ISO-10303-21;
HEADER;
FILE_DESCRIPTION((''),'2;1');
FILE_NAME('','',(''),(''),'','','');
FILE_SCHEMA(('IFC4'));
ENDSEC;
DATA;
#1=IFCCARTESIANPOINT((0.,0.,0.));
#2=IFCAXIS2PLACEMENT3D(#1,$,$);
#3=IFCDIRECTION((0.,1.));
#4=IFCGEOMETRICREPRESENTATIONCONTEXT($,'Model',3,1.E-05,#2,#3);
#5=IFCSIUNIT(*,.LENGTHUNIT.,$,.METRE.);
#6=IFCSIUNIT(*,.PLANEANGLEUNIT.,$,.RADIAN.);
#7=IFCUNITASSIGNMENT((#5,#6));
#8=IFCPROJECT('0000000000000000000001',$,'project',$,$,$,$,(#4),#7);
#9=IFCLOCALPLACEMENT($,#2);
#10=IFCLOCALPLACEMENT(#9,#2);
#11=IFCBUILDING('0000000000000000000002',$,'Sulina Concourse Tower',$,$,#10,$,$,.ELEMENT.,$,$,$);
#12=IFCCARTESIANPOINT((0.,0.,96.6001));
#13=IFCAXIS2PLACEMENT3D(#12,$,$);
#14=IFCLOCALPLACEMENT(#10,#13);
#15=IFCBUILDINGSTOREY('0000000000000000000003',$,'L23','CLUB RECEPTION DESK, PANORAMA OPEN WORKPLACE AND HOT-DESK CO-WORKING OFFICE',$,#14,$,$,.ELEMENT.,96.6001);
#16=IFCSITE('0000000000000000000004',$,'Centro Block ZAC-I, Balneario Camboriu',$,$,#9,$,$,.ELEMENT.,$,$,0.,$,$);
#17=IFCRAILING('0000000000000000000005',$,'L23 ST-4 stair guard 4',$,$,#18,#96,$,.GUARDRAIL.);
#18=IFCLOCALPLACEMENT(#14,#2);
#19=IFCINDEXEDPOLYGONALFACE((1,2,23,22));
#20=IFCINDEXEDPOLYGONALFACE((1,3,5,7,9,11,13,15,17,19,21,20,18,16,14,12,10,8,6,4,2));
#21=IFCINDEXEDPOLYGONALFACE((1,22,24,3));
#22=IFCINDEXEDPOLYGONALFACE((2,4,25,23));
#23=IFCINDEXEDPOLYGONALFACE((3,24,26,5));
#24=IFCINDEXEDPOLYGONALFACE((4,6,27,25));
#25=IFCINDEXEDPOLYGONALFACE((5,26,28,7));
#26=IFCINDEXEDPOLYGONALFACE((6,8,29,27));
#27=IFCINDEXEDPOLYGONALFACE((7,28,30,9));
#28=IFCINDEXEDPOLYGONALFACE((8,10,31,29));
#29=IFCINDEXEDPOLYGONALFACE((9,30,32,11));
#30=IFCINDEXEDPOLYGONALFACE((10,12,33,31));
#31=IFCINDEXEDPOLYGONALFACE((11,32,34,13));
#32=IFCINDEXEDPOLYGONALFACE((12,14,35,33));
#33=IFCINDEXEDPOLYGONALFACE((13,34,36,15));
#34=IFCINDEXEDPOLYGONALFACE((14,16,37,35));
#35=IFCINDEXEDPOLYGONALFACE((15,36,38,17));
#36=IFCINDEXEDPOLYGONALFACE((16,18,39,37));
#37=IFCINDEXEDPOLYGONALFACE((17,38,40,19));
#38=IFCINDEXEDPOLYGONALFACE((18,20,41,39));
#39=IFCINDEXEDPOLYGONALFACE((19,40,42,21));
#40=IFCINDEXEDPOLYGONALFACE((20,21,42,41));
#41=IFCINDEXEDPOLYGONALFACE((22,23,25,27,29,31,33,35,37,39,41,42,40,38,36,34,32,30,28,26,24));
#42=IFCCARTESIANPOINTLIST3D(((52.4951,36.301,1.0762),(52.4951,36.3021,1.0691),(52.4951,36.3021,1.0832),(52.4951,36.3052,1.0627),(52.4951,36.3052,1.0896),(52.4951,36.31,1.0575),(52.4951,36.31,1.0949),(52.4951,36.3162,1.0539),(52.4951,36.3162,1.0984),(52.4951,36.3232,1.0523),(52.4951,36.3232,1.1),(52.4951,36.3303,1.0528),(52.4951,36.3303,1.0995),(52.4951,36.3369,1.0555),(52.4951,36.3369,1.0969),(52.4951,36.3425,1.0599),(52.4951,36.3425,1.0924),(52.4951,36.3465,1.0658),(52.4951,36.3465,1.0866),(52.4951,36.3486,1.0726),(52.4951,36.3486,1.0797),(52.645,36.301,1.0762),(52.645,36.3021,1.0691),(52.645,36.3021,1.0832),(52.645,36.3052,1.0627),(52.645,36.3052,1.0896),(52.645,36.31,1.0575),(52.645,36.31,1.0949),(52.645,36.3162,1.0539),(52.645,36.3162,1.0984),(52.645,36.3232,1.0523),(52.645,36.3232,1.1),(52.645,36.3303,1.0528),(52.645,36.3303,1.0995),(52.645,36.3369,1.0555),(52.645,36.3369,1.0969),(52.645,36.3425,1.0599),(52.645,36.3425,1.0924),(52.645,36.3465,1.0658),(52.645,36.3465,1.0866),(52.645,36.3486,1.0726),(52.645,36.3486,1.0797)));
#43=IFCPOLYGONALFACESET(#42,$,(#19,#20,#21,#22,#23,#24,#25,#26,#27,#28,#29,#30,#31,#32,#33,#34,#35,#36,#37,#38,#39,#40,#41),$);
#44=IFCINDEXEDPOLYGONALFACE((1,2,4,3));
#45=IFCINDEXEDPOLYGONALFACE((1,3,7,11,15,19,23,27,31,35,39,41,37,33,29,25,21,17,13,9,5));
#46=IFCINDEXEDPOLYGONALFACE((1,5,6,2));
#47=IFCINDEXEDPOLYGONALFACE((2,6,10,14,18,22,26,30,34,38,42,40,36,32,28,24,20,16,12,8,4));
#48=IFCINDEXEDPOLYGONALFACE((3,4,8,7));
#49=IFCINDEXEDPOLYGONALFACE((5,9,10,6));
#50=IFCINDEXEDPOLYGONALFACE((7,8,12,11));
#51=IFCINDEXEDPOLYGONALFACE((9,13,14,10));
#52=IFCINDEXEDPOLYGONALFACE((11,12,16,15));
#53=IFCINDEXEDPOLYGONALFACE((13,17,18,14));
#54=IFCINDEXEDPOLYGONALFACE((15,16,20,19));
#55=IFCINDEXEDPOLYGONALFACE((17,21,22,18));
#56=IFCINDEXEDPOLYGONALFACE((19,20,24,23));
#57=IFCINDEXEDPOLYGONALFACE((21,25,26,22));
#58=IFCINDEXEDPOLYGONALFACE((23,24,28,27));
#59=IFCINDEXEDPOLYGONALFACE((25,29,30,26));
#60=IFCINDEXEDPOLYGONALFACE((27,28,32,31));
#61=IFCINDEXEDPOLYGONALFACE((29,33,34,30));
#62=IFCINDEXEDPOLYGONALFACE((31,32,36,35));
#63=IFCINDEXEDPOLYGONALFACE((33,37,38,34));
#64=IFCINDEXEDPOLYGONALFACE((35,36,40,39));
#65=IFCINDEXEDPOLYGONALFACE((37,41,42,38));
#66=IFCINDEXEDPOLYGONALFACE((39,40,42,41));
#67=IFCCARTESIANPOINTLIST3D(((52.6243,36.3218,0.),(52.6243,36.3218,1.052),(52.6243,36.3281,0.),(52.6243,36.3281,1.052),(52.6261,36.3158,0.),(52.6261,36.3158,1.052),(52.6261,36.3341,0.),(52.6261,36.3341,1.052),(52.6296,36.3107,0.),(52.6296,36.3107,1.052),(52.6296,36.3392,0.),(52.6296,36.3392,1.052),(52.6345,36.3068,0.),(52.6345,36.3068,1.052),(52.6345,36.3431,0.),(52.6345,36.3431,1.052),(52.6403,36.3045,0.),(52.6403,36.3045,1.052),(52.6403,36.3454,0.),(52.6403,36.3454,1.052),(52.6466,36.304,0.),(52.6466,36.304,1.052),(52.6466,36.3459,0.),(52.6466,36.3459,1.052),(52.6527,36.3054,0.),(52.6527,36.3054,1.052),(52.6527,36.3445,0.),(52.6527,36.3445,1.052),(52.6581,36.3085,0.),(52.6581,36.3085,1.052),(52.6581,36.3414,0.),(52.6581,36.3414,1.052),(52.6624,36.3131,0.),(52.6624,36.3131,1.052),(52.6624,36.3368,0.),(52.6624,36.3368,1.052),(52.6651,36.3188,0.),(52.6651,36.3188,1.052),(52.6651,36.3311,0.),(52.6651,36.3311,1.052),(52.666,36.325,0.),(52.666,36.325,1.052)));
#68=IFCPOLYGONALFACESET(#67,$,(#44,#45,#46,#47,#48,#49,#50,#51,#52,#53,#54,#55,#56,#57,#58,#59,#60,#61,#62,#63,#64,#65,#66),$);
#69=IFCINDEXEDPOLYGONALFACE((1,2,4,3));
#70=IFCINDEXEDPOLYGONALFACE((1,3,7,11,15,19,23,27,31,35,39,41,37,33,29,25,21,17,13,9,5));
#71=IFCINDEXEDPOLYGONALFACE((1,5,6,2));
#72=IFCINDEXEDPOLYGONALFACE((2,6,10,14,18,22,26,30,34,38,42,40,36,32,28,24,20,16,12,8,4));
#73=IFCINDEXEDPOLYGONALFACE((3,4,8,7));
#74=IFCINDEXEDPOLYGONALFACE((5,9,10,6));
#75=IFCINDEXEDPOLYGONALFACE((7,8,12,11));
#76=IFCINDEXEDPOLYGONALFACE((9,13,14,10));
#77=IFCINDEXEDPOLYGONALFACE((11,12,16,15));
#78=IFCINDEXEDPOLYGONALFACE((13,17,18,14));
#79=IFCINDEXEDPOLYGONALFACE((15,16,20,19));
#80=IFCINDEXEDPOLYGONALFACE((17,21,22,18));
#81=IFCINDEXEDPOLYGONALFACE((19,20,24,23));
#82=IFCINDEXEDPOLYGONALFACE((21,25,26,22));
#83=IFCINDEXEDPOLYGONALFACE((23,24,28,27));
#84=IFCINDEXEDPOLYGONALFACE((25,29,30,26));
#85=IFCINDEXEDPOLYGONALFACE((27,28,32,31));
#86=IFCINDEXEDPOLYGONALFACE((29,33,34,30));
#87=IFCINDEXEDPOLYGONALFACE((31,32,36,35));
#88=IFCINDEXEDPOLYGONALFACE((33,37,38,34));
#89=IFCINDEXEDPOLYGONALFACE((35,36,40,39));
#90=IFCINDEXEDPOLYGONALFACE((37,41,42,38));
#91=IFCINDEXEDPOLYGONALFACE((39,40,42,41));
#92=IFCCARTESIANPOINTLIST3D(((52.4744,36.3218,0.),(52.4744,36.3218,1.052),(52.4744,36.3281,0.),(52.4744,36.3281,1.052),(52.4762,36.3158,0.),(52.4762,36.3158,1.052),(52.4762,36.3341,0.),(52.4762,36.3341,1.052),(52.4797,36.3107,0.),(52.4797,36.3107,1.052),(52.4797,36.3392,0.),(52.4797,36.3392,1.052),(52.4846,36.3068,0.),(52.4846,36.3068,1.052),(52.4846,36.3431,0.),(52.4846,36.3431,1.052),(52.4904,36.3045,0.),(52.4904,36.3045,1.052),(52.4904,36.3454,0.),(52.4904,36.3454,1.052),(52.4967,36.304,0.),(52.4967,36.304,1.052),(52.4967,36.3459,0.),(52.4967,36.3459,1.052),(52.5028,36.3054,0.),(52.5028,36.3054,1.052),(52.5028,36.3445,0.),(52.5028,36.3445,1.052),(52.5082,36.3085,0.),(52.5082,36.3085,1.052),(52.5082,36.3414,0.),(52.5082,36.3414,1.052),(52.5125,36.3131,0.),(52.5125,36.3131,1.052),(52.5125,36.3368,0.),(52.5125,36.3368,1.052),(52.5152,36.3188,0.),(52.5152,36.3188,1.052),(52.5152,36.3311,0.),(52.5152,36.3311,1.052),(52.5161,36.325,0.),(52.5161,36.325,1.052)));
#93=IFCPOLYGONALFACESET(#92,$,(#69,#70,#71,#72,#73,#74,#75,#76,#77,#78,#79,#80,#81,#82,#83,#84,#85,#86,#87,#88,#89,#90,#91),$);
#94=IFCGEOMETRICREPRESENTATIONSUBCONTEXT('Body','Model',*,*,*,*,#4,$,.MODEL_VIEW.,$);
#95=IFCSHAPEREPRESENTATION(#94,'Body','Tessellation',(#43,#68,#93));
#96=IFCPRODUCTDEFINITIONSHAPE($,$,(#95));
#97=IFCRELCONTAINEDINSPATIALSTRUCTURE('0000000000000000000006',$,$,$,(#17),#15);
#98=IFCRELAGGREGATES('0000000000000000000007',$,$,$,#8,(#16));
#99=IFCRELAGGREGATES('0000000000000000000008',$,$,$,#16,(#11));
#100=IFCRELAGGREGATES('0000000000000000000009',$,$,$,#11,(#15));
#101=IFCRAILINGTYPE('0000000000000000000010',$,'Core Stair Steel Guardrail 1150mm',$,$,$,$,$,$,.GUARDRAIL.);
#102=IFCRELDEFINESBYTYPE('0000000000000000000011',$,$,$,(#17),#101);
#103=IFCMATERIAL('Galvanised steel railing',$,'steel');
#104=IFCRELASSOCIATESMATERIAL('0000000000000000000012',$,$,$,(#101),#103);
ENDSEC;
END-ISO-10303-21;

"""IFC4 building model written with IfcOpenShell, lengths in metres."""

from ifc_helpers import new_model, si_unit, direction, frame, origin, origin_2d, place, context, subcontext, project, spatial, circle, extrude, material, type_object, element, save


model = new_model("IFC4")

# Units and contexts
model_context = context("Model", 3, precision=1e-05, world=origin(), true_north=direction((0.0, 1.0)))
body_context = subcontext(model_context, "Body", "Model", "MODEL_VIEW")
ifc_project = project(units=[si_unit("LENGTHUNIT", "METRE"), si_unit("PLANEANGLEUNIT", "RADIAN")], contexts=[model_context])

# Site, building, storey
site_placement = place(None, origin())
site = spatial("IfcSite", under=ifc_project, at=site_placement, Name="Centro Block ZAC-I, Balneario Camboriu", CompositionType="ELEMENT", RefElevation=0.0)
building_placement = place(site_placement, origin())
building = spatial("IfcBuilding", under=site, at=building_placement, Name="Sulina Concourse Tower", CompositionType="ELEMENT")
storey_placement = place(building_placement, frame((0.0, 0.0, 96.6001)))
storey = spatial("IfcBuildingStorey", under=building, at=storey_placement, Name="L23", Description="CLUB RECEPTION DESK, PANORAMA OPEN WORKPLACE AND HOT-DESK CO-WORKING OFFICE", CompositionType="ELEMENT", Elevation=96.6001)

# Railing
ifc_material_1 = material(Name="Galvanised steel railing", Category="steel")
railing_type_1 = type_object("IfcRailingType", Name="Core Stair Steel Guardrail 1150mm", PredefinedType="GUARDRAIL", material=ifc_material_1)
railing_1_placement = place(storey_placement, frame((52.645, 36.325, 0.0)))
element("IfcRailing", 1, at=railing_1_placement, inside=storey, type_object=railing_type_1, Name="L23 ST-4 stair guard 4", PredefinedType="GUARDRAIL", context=body_context, shape_type="SweptSolid", body=[
    extrude(circle(Radius=0.0239, at=origin_2d()), frame((0.0, 0.0, 1.0762), z_axis=(-1.0, 0.0, 0.0), x_axis=(0.0, -1.0, 0.0)), (0.0, 0.0, 1.0), 0.1499),
    extrude(circle(Radius=0.021, at=origin_2d()), origin(), (0.0, 0.0, 1.0), 1.052),
    extrude(circle(Radius=0.021, at=origin_2d()), frame((-0.1499, 0.0, 0.0)), (0.0, 0.0, 1.0), 1.052),
])

save(model, "model.ifc")
